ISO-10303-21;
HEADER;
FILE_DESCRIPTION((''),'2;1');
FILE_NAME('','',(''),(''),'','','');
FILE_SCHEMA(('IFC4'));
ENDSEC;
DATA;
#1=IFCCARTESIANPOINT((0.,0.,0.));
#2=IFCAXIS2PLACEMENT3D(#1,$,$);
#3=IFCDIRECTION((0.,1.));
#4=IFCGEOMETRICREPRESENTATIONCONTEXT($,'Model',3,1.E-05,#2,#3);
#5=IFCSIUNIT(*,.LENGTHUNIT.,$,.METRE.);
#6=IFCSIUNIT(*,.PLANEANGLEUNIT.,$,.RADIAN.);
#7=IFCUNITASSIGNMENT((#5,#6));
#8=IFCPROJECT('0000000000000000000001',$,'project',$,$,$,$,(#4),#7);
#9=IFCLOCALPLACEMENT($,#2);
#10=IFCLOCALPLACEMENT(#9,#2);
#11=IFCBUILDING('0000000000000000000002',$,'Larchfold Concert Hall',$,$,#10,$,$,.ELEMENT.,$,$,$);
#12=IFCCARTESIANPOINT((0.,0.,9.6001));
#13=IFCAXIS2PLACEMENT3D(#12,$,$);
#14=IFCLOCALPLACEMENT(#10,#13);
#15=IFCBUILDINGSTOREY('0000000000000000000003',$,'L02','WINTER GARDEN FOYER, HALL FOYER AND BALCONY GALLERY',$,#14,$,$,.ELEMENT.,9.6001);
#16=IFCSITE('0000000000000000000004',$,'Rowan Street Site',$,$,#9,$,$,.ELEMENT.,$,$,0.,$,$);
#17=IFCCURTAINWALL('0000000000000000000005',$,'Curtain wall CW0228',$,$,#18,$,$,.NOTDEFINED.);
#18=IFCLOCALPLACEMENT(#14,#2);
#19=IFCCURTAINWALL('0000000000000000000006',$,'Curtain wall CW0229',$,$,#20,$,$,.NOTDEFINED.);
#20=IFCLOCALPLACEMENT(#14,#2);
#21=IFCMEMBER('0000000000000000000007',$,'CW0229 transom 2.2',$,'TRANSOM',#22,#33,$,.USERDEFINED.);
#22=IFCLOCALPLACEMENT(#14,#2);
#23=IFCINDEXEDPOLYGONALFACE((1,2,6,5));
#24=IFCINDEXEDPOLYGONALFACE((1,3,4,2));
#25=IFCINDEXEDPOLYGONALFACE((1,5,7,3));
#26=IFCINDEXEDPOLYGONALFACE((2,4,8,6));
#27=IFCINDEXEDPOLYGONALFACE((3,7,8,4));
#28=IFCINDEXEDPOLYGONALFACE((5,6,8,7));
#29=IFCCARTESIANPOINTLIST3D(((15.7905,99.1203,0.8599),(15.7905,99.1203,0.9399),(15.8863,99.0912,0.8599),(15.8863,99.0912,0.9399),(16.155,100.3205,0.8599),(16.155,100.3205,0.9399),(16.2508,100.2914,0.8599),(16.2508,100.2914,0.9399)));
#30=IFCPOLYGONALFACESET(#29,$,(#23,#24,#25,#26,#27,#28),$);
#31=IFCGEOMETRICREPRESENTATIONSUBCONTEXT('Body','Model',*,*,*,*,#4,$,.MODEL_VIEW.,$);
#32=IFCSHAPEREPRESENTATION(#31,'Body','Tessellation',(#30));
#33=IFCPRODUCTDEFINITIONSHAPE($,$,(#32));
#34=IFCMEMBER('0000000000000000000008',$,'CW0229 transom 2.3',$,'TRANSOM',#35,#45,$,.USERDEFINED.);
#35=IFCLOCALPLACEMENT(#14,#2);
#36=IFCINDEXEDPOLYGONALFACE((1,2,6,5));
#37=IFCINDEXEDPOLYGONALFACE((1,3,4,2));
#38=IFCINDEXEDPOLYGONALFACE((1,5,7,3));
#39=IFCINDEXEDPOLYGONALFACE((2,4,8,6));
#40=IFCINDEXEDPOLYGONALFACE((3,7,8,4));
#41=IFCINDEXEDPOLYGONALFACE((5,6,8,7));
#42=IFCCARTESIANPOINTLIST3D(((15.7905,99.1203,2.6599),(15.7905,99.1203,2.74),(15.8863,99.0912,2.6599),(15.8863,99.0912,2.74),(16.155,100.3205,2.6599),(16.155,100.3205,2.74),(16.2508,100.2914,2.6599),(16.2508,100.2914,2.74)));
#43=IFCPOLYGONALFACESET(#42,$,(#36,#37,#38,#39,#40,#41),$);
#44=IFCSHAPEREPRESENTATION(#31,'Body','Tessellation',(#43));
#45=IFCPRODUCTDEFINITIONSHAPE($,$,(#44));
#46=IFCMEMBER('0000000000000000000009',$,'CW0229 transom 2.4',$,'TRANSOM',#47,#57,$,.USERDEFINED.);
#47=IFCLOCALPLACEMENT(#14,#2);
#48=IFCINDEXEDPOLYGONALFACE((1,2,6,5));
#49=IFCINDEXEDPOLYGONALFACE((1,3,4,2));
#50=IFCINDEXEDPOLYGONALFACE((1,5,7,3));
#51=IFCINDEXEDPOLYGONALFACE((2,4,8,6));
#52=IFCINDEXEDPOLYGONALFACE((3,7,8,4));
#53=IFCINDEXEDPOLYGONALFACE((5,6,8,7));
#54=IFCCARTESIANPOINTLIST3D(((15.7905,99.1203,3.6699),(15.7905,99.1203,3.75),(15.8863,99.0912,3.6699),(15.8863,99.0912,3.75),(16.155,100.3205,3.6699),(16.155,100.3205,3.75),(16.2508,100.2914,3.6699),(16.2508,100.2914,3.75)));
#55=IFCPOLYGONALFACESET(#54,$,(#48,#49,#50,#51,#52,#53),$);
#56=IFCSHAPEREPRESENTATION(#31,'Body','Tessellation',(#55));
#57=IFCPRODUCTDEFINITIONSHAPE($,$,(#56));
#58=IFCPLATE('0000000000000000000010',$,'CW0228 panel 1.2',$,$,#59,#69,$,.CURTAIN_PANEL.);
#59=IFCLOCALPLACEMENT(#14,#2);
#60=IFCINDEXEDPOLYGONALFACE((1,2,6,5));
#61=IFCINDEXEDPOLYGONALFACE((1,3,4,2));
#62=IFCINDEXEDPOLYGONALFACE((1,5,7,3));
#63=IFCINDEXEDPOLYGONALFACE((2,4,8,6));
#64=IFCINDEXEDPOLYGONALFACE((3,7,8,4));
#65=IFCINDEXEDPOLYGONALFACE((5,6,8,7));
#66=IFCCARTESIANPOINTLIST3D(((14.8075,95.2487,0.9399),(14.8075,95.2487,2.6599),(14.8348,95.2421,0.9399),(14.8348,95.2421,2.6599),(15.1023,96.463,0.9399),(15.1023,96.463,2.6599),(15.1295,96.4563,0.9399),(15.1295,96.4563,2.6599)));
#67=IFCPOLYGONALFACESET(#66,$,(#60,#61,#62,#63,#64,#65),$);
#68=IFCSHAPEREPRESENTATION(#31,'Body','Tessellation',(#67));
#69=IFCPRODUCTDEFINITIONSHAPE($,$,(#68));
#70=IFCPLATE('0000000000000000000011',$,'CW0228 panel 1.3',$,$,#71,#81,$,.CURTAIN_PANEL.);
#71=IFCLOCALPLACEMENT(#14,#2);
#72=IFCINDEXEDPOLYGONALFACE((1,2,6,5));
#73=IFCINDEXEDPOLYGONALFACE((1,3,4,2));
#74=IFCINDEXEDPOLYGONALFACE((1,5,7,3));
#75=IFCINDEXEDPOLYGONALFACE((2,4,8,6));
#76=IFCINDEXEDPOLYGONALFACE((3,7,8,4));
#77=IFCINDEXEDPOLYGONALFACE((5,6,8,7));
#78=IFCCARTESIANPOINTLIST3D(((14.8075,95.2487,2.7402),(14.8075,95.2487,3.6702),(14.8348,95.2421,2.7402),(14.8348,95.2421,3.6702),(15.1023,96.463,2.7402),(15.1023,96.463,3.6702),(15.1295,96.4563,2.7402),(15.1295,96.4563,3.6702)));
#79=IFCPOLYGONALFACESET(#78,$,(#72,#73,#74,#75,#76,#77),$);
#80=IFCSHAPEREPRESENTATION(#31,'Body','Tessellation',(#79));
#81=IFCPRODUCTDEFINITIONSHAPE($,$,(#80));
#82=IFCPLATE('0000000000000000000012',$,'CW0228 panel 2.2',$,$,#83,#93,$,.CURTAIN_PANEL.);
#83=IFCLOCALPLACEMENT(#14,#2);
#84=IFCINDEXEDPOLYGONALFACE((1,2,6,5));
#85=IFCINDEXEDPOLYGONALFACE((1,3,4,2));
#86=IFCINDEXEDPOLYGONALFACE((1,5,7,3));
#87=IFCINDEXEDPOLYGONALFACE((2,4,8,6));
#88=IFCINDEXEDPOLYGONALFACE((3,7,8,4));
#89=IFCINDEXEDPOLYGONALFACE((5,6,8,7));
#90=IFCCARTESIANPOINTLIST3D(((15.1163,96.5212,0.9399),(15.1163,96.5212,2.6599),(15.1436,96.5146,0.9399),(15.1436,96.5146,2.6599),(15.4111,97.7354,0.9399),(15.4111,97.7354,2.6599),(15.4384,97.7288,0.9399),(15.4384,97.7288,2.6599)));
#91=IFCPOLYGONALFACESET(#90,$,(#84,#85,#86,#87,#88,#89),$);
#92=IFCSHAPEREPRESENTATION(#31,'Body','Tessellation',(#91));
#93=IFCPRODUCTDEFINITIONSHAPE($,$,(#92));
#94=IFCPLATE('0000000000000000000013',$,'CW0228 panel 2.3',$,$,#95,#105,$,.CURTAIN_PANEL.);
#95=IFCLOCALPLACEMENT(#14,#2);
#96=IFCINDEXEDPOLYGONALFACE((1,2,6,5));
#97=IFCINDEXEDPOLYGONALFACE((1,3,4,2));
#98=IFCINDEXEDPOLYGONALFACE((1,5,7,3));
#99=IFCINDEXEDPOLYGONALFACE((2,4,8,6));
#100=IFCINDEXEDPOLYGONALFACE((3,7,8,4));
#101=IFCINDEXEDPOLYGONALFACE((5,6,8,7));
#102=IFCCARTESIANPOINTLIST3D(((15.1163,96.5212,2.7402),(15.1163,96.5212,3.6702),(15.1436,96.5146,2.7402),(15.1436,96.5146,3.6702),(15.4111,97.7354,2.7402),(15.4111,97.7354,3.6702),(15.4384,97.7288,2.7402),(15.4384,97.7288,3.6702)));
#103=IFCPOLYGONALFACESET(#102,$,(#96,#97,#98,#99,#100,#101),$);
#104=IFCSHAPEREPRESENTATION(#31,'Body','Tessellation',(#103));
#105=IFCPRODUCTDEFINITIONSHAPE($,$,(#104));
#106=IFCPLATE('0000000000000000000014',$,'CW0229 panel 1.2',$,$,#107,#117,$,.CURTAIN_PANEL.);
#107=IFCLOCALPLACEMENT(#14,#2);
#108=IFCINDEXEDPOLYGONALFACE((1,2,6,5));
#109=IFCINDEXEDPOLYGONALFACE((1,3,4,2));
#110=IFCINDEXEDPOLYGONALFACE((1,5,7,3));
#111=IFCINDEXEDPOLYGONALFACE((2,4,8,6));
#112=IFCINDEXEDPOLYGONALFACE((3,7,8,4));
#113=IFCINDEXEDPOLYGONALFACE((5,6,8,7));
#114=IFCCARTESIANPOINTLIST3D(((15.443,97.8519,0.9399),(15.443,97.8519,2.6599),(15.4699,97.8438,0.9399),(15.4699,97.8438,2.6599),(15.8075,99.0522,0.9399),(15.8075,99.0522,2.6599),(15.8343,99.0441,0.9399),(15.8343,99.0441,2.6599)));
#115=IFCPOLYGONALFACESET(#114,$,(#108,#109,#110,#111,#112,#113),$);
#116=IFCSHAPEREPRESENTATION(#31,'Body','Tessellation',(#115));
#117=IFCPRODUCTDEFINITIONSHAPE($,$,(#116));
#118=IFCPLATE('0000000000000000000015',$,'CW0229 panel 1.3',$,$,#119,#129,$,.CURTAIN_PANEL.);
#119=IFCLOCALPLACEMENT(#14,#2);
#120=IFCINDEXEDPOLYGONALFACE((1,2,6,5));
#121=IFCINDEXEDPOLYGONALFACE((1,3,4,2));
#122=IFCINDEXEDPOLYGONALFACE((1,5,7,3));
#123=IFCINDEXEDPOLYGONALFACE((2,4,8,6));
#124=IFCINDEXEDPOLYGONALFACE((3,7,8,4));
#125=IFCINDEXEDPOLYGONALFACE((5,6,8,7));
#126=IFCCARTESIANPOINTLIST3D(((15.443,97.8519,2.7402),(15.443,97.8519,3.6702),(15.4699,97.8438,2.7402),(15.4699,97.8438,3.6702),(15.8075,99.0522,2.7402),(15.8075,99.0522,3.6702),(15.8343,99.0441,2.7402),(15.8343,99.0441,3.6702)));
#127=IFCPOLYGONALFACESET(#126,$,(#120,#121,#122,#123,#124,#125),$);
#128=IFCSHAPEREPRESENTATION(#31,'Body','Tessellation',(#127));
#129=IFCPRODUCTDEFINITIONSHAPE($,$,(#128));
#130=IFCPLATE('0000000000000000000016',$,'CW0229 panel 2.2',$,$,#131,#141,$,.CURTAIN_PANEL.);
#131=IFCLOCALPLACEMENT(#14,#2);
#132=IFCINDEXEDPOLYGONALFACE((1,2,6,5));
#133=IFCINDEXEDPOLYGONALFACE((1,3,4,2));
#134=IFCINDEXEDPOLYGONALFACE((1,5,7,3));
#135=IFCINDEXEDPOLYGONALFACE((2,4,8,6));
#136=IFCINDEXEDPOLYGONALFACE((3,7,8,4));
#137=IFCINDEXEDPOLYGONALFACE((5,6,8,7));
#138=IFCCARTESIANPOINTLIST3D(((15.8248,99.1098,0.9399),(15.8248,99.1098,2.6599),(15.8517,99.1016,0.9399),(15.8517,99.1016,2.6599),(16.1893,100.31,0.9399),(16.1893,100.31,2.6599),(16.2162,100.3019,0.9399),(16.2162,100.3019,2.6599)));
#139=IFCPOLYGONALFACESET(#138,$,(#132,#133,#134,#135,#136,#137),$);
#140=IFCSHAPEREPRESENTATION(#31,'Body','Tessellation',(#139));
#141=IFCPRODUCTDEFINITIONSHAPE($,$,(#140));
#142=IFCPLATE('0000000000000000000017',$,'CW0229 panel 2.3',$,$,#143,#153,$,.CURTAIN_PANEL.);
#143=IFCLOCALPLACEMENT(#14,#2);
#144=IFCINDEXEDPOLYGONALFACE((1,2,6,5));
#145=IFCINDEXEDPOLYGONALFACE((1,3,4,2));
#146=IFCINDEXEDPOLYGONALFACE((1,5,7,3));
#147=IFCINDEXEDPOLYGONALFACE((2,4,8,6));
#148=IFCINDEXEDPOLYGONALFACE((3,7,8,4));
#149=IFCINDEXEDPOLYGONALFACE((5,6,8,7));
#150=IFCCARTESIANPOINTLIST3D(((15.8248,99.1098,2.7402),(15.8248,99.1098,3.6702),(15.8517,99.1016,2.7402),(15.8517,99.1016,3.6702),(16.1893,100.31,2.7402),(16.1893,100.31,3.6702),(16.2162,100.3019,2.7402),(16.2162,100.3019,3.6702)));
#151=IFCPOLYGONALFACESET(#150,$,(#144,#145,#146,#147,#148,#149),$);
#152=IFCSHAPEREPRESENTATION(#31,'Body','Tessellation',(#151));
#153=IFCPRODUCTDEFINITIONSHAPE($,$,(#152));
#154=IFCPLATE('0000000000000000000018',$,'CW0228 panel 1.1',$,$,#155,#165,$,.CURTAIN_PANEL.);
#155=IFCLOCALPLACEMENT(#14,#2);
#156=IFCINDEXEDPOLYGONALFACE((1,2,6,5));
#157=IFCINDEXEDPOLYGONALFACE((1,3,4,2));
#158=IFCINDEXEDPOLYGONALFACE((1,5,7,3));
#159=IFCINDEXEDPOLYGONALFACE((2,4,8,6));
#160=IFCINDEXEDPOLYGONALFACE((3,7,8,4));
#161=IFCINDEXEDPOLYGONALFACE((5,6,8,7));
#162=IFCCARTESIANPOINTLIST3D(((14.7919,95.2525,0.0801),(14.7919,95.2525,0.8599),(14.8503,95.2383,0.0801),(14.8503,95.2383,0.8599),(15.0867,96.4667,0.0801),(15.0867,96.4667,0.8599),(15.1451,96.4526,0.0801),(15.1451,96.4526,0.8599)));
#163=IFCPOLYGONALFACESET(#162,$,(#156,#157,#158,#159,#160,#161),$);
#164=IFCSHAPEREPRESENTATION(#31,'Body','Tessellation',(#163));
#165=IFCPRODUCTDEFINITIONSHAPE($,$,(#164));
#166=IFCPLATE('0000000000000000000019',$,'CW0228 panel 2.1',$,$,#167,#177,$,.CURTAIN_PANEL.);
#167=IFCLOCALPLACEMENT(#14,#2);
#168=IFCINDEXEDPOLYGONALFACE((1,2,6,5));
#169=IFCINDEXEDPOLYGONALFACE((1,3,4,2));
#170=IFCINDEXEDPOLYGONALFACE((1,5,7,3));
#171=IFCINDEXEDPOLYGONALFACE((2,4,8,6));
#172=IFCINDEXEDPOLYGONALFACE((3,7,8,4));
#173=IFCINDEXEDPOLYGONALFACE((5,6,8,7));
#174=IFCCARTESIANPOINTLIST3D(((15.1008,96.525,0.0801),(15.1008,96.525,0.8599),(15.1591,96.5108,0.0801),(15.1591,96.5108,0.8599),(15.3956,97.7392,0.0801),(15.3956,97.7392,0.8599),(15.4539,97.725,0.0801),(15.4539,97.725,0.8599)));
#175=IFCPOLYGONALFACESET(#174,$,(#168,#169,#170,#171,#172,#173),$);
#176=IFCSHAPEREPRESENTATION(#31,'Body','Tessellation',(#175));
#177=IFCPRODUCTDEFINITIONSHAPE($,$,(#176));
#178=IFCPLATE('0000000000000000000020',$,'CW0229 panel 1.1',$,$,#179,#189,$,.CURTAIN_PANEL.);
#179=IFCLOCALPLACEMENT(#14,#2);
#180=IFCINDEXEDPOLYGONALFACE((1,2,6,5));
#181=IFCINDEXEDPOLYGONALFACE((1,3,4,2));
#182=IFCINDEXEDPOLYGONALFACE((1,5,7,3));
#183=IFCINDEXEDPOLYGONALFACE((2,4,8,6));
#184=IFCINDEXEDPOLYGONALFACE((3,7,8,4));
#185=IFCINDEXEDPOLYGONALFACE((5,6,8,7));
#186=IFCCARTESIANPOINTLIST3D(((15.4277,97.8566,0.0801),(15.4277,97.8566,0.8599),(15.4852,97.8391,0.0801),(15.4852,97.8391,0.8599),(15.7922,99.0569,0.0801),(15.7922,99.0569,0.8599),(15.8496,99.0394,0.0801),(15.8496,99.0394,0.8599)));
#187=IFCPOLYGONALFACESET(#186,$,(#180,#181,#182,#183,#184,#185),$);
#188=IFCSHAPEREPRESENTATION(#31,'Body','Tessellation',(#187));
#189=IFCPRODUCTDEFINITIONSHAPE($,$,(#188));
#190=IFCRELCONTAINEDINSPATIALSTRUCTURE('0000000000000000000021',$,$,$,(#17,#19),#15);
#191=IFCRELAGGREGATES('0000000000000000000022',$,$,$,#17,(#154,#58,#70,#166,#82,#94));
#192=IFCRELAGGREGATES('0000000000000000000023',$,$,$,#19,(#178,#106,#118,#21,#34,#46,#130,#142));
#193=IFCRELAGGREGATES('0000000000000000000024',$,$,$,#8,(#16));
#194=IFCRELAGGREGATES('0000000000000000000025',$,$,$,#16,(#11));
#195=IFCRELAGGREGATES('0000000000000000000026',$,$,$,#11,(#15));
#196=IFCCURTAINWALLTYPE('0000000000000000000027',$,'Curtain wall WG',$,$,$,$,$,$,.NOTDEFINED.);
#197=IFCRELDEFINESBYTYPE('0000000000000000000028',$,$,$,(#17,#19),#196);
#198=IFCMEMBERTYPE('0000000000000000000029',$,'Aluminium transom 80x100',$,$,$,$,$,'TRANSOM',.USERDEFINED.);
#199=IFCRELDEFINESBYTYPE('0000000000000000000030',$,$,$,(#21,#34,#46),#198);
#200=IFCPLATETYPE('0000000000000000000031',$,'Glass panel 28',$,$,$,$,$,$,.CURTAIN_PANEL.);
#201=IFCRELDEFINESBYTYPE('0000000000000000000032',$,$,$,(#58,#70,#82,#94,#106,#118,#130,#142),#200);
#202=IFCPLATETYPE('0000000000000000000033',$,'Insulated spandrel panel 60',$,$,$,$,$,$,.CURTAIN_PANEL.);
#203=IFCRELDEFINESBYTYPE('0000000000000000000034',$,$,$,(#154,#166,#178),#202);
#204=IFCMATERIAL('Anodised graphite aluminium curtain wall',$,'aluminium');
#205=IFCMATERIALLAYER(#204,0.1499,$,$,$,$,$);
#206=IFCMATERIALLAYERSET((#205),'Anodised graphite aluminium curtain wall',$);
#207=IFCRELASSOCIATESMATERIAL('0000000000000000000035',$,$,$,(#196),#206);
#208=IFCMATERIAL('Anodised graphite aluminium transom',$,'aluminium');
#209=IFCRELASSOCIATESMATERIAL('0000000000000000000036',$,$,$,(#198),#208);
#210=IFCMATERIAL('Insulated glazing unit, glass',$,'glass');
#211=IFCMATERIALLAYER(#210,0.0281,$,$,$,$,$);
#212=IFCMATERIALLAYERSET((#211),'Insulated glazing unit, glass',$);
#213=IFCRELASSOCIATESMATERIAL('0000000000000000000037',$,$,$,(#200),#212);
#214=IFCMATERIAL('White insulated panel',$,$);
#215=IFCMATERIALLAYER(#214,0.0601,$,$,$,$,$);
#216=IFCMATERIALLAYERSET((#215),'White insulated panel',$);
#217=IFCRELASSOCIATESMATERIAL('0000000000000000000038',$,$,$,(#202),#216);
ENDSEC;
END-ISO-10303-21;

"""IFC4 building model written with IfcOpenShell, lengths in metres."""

from ifc_helpers import new_model, si_unit, direction, frame, origin, origin_2d, place, context, subcontext, project, spatial, rectangle, extrude, material, layer, layer_set, material_profile, profile_set, type_object, element, aggregate, save


model = new_model("IFC4")

# Units and contexts
model_context = context("Model", 3, precision=1e-05, world=origin(), true_north=direction((0.0, 1.0)))
body_context = subcontext(model_context, "Body", "Model", "MODEL_VIEW")
ifc_project = project(units=[si_unit("LENGTHUNIT", "METRE"), si_unit("PLANEANGLEUNIT", "RADIAN")], contexts=[model_context])

# Site, building, storey
site_placement = place(None, origin())
site = spatial("IfcSite", under=ifc_project, at=site_placement, Name="Rowan Street Site", CompositionType="ELEMENT", RefElevation=0.0)
building_placement = place(site_placement, origin())
building = spatial("IfcBuilding", under=site, at=building_placement, Name="Larchfold Concert Hall", CompositionType="ELEMENT")
storey_placement = place(building_placement, frame((0.0, 0.0, 9.6001)))
storey = spatial("IfcBuildingStorey", under=building, at=storey_placement, Name="L02", Description="WINTER GARDEN FOYER, HALL FOYER AND BALCONY GALLERY", CompositionType="ELEMENT", Elevation=9.6001)

# Curtain walls
ifc_material_1 = material(Name="Anodised graphite aluminium curtain wall", Category="aluminium")
ifc_layer_1 = layer(ifc_material_1, 0.1499)
ifc_layer_set_1 = layer_set([ifc_layer_1], Name="Anodised graphite aluminium curtain wall")
curtain_wall_type = type_object("IfcCurtainWallType", Name="Curtain wall WG", PredefinedType="NOTDEFINED", material=ifc_layer_set_1)
curtain_wall_1_placement = place(storey_placement, origin())
curtain_wall_1 = element("IfcCurtainWall", 1, at=curtain_wall_1_placement, inside=storey, type_object=curtain_wall_type, Name="Curtain wall CW0228", PredefinedType="NOTDEFINED")
curtain_wall_2_placement = place(storey_placement, origin())
curtain_wall_2 = element("IfcCurtainWall", 2, at=curtain_wall_2_placement, inside=storey, type_object=curtain_wall_type, Name="Curtain wall CW0229", PredefinedType="NOTDEFINED")

# Members
ifc_material_2 = material(Name="Anodised graphite aluminium transom", Category="aluminium")
ifc_material_profile_1 = material_profile(ifc_material_2, rectangle(XDim=0.1001, YDim=0.0801, at=origin_2d()))
ifc_profile_set_1 = profile_set([ifc_material_profile_1], Name="Anodised graphite aluminium transom")
member_type_1 = type_object("IfcMemberType", Name="Aluminium transom 80x100", ElementType="TRANSOM", PredefinedType="USERDEFINED", material=ifc_profile_set_1)
member_1_placement = place(storey_placement, frame((15.8384, 99.1057, 0.8999), z_axis=(0.290596, 0.956846, 0.0), x_axis=(-0.956846, 0.290596, 0.0)))
member_1 = element("IfcMember", 3, at=member_1_placement, type_object=member_type_1, Name="CW0229 transom 2.2", ObjectType="TRANSOM", PredefinedType="USERDEFINED", context=body_context, shape_type="SweptSolid", body=[
    extrude(rectangle(XDim=0.1001, YDim=0.0801, at=origin_2d()), origin(), (0.0, 0.0, 1.0), 1.2544),
])
member_2_placement = place(storey_placement, frame((15.8384, 99.1057, 2.7), z_axis=(0.290596, 0.956846, 0.0), x_axis=(-0.956846, 0.290596, 0.0)))
member_2 = element("IfcMember", 4, at=member_2_placement, type_object=member_type_1, Name="CW0229 transom 2.3", ObjectType="TRANSOM", PredefinedType="USERDEFINED", context=body_context, shape_type="SweptSolid", body=[
    extrude(rectangle(XDim=0.1001, YDim=0.0801, at=origin_2d()), origin(), (0.0, 0.0, 1.0), 1.2544),
])
member_3_placement = place(storey_placement, frame((15.8384, 99.1057, 3.71), z_axis=(0.290596, 0.956846, 0.0), x_axis=(-0.956846, 0.290596, 0.0)))
member_3 = element("IfcMember", 5, at=member_3_placement, type_object=member_type_1, Name="CW0229 transom 2.4", ObjectType="TRANSOM", PredefinedType="USERDEFINED", context=body_context, shape_type="SweptSolid", body=[
    extrude(rectangle(XDim=0.1001, YDim=0.0801, at=origin_2d()), origin(), (0.0, 0.0, 1.0), 1.2544),
])

# Plates
ifc_material_3 = material(Name="Insulated glazing unit, glass", Category="glass")
ifc_layer_2 = layer(ifc_material_3, 0.0281)
ifc_layer_set_2 = layer_set([ifc_layer_2], Name="Insulated glazing unit, glass")
plate_type_1 = type_object("IfcPlateType", Name="Glass panel 28", PredefinedType="CURTAIN_PANEL", material=ifc_layer_set_2)
plate_1_placement = place(storey_placement, frame((14.9685, 95.8525, 0.9399), z_axis=(0.0, 0.0, 1.0), x_axis=(0.235926, 0.971771, 0.0)))
plate_1 = element("IfcPlate", 6, at=plate_1_placement, type_object=plate_type_1, Name="CW0228 panel 1.2", PredefinedType="CURTAIN_PANEL", context=body_context, shape_type="SweptSolid", body=[
    extrude(rectangle(XDim=1.2495, YDim=0.0281, at=origin_2d()), origin(), (0.0, 0.0, 1.0), 1.72),
])
plate_2_placement = place(storey_placement, frame((14.9685, 95.8525, 2.7402), z_axis=(0.0, 0.0, 1.0), x_axis=(0.235926, 0.971771, 0.0)))
plate_2 = element("IfcPlate", 7, at=plate_2_placement, type_object=plate_type_1, Name="CW0228 panel 1.3", PredefinedType="CURTAIN_PANEL", context=body_context, shape_type="SweptSolid", body=[
    extrude(rectangle(XDim=1.2495, YDim=0.0281, at=origin_2d()), origin(), (0.0, 0.0, 1.0), 0.9299),
])
plate_3_placement = place(storey_placement, frame((15.2773, 97.125, 0.9399), z_axis=(0.0, 0.0, 1.0), x_axis=(0.235926, 0.971771, 0.0)))
plate_3 = element("IfcPlate", 8, at=plate_3_placement, type_object=plate_type_1, Name="CW0228 panel 2.2", PredefinedType="CURTAIN_PANEL", context=body_context, shape_type="SweptSolid", body=[
    extrude(rectangle(XDim=1.2495, YDim=0.0281, at=origin_2d()), origin(), (0.0, 0.0, 1.0), 1.72),
])
plate_4_placement = place(storey_placement, frame((15.2773, 97.125, 2.7402), z_axis=(0.0, 0.0, 1.0), x_axis=(0.235926, 0.971771, 0.0)))
plate_4 = element("IfcPlate", 9, at=plate_4_placement, type_object=plate_type_1, Name="CW0228 panel 2.3", PredefinedType="CURTAIN_PANEL", context=body_context, shape_type="SweptSolid", body=[
    extrude(rectangle(XDim=1.2495, YDim=0.0281, at=origin_2d()), origin(), (0.0, 0.0, 1.0), 0.9299),
])
plate_5_placement = place(storey_placement, frame((15.6387, 98.448, 0.9399), z_axis=(0.0, 0.0, 1.0), x_axis=(0.290562, 0.956856, 0.0)))
plate_5 = element("IfcPlate", 10, at=plate_5_placement, type_object=plate_type_1, Name="CW0229 panel 1.2", PredefinedType="CURTAIN_PANEL", context=body_context, shape_type="SweptSolid", body=[
    extrude(rectangle(XDim=1.2544, YDim=0.0281, at=origin_2d()), origin(), (0.0, 0.0, 1.0), 1.72),
])
plate_6_placement = place(storey_placement, frame((15.6387, 98.448, 2.7402), z_axis=(0.0, 0.0, 1.0), x_axis=(0.290562, 0.956856, 0.0)))
plate_6 = element("IfcPlate", 11, at=plate_6_placement, type_object=plate_type_1, Name="CW0229 panel 1.3", PredefinedType="CURTAIN_PANEL", context=body_context, shape_type="SweptSolid", body=[
    extrude(rectangle(XDim=1.2544, YDim=0.0281, at=origin_2d()), origin(), (0.0, 0.0, 1.0), 0.9299),
])
plate_7_placement = place(storey_placement, frame((16.0205, 99.7058, 0.9399), z_axis=(0.0, 0.0, 1.0), x_axis=(0.290562, 0.956856, 0.0)))
plate_7 = element("IfcPlate", 12, at=plate_7_placement, type_object=plate_type_1, Name="CW0229 panel 2.2", PredefinedType="CURTAIN_PANEL", context=body_context, shape_type="SweptSolid", body=[
    extrude(rectangle(XDim=1.2544, YDim=0.0281, at=origin_2d()), origin(), (0.0, 0.0, 1.0), 1.72),
])
plate_8_placement = place(storey_placement, frame((16.0205, 99.7058, 2.7402), z_axis=(0.0, 0.0, 1.0), x_axis=(0.290562, 0.956856, 0.0)))
plate_8 = element("IfcPlate", 13, at=plate_8_placement, type_object=plate_type_1, Name="CW0229 panel 2.3", PredefinedType="CURTAIN_PANEL", context=body_context, shape_type="SweptSolid", body=[
    extrude(rectangle(XDim=1.2544, YDim=0.0281, at=origin_2d()), origin(), (0.0, 0.0, 1.0), 0.9299),
])
ifc_material_4 = material(Name="White insulated panel")
ifc_layer_3 = layer(ifc_material_4, 0.0601)
ifc_layer_set_3 = layer_set([ifc_layer_3], Name="White insulated panel")
plate_type_2 = type_object("IfcPlateType", Name="Insulated spandrel panel 60", PredefinedType="CURTAIN_PANEL", material=ifc_layer_set_3)
plate_9_placement = place(storey_placement, frame((14.9685, 95.8525, 0.0801), z_axis=(0.0, 0.0, 1.0), x_axis=(0.235926, 0.971771, 0.0)))
plate_9 = element("IfcPlate", 14, at=plate_9_placement, type_object=plate_type_2, Name="CW0228 panel 1.1", PredefinedType="CURTAIN_PANEL", context=body_context, shape_type="SweptSolid", body=[
    extrude(rectangle(XDim=1.2495, YDim=0.0601, at=origin_2d()), origin(), (0.0, 0.0, 1.0), 0.7798),
])
plate_10_placement = place(storey_placement, frame((15.2773, 97.125, 0.0801), z_axis=(0.0, 0.0, 1.0), x_axis=(0.235926, 0.971771, 0.0)))
plate_10 = element("IfcPlate", 15, at=plate_10_placement, type_object=plate_type_2, Name="CW0228 panel 2.1", PredefinedType="CURTAIN_PANEL", context=body_context, shape_type="SweptSolid", body=[
    extrude(rectangle(XDim=1.2495, YDim=0.0601, at=origin_2d()), origin(), (0.0, 0.0, 1.0), 0.7798),
])
aggregate(curtain_wall_1, [plate_9, plate_1, plate_2, plate_10, plate_3, plate_4])
plate_11_placement = place(storey_placement, frame((15.6387, 98.448, 0.0801), z_axis=(0.0, 0.0, 1.0), x_axis=(0.290562, 0.956856, 0.0)))
plate_11 = element("IfcPlate", 16, at=plate_11_placement, type_object=plate_type_2, Name="CW0229 panel 1.1", PredefinedType="CURTAIN_PANEL", context=body_context, shape_type="SweptSolid", body=[
    extrude(rectangle(XDim=1.2544, YDim=0.0601, at=origin_2d()), origin(), (0.0, 0.0, 1.0), 0.7798),
])
aggregate(curtain_wall_2, [plate_11, plate_5, plate_6, member_1, member_2, member_3, plate_7, plate_8])

save(model, "model.ifc")
